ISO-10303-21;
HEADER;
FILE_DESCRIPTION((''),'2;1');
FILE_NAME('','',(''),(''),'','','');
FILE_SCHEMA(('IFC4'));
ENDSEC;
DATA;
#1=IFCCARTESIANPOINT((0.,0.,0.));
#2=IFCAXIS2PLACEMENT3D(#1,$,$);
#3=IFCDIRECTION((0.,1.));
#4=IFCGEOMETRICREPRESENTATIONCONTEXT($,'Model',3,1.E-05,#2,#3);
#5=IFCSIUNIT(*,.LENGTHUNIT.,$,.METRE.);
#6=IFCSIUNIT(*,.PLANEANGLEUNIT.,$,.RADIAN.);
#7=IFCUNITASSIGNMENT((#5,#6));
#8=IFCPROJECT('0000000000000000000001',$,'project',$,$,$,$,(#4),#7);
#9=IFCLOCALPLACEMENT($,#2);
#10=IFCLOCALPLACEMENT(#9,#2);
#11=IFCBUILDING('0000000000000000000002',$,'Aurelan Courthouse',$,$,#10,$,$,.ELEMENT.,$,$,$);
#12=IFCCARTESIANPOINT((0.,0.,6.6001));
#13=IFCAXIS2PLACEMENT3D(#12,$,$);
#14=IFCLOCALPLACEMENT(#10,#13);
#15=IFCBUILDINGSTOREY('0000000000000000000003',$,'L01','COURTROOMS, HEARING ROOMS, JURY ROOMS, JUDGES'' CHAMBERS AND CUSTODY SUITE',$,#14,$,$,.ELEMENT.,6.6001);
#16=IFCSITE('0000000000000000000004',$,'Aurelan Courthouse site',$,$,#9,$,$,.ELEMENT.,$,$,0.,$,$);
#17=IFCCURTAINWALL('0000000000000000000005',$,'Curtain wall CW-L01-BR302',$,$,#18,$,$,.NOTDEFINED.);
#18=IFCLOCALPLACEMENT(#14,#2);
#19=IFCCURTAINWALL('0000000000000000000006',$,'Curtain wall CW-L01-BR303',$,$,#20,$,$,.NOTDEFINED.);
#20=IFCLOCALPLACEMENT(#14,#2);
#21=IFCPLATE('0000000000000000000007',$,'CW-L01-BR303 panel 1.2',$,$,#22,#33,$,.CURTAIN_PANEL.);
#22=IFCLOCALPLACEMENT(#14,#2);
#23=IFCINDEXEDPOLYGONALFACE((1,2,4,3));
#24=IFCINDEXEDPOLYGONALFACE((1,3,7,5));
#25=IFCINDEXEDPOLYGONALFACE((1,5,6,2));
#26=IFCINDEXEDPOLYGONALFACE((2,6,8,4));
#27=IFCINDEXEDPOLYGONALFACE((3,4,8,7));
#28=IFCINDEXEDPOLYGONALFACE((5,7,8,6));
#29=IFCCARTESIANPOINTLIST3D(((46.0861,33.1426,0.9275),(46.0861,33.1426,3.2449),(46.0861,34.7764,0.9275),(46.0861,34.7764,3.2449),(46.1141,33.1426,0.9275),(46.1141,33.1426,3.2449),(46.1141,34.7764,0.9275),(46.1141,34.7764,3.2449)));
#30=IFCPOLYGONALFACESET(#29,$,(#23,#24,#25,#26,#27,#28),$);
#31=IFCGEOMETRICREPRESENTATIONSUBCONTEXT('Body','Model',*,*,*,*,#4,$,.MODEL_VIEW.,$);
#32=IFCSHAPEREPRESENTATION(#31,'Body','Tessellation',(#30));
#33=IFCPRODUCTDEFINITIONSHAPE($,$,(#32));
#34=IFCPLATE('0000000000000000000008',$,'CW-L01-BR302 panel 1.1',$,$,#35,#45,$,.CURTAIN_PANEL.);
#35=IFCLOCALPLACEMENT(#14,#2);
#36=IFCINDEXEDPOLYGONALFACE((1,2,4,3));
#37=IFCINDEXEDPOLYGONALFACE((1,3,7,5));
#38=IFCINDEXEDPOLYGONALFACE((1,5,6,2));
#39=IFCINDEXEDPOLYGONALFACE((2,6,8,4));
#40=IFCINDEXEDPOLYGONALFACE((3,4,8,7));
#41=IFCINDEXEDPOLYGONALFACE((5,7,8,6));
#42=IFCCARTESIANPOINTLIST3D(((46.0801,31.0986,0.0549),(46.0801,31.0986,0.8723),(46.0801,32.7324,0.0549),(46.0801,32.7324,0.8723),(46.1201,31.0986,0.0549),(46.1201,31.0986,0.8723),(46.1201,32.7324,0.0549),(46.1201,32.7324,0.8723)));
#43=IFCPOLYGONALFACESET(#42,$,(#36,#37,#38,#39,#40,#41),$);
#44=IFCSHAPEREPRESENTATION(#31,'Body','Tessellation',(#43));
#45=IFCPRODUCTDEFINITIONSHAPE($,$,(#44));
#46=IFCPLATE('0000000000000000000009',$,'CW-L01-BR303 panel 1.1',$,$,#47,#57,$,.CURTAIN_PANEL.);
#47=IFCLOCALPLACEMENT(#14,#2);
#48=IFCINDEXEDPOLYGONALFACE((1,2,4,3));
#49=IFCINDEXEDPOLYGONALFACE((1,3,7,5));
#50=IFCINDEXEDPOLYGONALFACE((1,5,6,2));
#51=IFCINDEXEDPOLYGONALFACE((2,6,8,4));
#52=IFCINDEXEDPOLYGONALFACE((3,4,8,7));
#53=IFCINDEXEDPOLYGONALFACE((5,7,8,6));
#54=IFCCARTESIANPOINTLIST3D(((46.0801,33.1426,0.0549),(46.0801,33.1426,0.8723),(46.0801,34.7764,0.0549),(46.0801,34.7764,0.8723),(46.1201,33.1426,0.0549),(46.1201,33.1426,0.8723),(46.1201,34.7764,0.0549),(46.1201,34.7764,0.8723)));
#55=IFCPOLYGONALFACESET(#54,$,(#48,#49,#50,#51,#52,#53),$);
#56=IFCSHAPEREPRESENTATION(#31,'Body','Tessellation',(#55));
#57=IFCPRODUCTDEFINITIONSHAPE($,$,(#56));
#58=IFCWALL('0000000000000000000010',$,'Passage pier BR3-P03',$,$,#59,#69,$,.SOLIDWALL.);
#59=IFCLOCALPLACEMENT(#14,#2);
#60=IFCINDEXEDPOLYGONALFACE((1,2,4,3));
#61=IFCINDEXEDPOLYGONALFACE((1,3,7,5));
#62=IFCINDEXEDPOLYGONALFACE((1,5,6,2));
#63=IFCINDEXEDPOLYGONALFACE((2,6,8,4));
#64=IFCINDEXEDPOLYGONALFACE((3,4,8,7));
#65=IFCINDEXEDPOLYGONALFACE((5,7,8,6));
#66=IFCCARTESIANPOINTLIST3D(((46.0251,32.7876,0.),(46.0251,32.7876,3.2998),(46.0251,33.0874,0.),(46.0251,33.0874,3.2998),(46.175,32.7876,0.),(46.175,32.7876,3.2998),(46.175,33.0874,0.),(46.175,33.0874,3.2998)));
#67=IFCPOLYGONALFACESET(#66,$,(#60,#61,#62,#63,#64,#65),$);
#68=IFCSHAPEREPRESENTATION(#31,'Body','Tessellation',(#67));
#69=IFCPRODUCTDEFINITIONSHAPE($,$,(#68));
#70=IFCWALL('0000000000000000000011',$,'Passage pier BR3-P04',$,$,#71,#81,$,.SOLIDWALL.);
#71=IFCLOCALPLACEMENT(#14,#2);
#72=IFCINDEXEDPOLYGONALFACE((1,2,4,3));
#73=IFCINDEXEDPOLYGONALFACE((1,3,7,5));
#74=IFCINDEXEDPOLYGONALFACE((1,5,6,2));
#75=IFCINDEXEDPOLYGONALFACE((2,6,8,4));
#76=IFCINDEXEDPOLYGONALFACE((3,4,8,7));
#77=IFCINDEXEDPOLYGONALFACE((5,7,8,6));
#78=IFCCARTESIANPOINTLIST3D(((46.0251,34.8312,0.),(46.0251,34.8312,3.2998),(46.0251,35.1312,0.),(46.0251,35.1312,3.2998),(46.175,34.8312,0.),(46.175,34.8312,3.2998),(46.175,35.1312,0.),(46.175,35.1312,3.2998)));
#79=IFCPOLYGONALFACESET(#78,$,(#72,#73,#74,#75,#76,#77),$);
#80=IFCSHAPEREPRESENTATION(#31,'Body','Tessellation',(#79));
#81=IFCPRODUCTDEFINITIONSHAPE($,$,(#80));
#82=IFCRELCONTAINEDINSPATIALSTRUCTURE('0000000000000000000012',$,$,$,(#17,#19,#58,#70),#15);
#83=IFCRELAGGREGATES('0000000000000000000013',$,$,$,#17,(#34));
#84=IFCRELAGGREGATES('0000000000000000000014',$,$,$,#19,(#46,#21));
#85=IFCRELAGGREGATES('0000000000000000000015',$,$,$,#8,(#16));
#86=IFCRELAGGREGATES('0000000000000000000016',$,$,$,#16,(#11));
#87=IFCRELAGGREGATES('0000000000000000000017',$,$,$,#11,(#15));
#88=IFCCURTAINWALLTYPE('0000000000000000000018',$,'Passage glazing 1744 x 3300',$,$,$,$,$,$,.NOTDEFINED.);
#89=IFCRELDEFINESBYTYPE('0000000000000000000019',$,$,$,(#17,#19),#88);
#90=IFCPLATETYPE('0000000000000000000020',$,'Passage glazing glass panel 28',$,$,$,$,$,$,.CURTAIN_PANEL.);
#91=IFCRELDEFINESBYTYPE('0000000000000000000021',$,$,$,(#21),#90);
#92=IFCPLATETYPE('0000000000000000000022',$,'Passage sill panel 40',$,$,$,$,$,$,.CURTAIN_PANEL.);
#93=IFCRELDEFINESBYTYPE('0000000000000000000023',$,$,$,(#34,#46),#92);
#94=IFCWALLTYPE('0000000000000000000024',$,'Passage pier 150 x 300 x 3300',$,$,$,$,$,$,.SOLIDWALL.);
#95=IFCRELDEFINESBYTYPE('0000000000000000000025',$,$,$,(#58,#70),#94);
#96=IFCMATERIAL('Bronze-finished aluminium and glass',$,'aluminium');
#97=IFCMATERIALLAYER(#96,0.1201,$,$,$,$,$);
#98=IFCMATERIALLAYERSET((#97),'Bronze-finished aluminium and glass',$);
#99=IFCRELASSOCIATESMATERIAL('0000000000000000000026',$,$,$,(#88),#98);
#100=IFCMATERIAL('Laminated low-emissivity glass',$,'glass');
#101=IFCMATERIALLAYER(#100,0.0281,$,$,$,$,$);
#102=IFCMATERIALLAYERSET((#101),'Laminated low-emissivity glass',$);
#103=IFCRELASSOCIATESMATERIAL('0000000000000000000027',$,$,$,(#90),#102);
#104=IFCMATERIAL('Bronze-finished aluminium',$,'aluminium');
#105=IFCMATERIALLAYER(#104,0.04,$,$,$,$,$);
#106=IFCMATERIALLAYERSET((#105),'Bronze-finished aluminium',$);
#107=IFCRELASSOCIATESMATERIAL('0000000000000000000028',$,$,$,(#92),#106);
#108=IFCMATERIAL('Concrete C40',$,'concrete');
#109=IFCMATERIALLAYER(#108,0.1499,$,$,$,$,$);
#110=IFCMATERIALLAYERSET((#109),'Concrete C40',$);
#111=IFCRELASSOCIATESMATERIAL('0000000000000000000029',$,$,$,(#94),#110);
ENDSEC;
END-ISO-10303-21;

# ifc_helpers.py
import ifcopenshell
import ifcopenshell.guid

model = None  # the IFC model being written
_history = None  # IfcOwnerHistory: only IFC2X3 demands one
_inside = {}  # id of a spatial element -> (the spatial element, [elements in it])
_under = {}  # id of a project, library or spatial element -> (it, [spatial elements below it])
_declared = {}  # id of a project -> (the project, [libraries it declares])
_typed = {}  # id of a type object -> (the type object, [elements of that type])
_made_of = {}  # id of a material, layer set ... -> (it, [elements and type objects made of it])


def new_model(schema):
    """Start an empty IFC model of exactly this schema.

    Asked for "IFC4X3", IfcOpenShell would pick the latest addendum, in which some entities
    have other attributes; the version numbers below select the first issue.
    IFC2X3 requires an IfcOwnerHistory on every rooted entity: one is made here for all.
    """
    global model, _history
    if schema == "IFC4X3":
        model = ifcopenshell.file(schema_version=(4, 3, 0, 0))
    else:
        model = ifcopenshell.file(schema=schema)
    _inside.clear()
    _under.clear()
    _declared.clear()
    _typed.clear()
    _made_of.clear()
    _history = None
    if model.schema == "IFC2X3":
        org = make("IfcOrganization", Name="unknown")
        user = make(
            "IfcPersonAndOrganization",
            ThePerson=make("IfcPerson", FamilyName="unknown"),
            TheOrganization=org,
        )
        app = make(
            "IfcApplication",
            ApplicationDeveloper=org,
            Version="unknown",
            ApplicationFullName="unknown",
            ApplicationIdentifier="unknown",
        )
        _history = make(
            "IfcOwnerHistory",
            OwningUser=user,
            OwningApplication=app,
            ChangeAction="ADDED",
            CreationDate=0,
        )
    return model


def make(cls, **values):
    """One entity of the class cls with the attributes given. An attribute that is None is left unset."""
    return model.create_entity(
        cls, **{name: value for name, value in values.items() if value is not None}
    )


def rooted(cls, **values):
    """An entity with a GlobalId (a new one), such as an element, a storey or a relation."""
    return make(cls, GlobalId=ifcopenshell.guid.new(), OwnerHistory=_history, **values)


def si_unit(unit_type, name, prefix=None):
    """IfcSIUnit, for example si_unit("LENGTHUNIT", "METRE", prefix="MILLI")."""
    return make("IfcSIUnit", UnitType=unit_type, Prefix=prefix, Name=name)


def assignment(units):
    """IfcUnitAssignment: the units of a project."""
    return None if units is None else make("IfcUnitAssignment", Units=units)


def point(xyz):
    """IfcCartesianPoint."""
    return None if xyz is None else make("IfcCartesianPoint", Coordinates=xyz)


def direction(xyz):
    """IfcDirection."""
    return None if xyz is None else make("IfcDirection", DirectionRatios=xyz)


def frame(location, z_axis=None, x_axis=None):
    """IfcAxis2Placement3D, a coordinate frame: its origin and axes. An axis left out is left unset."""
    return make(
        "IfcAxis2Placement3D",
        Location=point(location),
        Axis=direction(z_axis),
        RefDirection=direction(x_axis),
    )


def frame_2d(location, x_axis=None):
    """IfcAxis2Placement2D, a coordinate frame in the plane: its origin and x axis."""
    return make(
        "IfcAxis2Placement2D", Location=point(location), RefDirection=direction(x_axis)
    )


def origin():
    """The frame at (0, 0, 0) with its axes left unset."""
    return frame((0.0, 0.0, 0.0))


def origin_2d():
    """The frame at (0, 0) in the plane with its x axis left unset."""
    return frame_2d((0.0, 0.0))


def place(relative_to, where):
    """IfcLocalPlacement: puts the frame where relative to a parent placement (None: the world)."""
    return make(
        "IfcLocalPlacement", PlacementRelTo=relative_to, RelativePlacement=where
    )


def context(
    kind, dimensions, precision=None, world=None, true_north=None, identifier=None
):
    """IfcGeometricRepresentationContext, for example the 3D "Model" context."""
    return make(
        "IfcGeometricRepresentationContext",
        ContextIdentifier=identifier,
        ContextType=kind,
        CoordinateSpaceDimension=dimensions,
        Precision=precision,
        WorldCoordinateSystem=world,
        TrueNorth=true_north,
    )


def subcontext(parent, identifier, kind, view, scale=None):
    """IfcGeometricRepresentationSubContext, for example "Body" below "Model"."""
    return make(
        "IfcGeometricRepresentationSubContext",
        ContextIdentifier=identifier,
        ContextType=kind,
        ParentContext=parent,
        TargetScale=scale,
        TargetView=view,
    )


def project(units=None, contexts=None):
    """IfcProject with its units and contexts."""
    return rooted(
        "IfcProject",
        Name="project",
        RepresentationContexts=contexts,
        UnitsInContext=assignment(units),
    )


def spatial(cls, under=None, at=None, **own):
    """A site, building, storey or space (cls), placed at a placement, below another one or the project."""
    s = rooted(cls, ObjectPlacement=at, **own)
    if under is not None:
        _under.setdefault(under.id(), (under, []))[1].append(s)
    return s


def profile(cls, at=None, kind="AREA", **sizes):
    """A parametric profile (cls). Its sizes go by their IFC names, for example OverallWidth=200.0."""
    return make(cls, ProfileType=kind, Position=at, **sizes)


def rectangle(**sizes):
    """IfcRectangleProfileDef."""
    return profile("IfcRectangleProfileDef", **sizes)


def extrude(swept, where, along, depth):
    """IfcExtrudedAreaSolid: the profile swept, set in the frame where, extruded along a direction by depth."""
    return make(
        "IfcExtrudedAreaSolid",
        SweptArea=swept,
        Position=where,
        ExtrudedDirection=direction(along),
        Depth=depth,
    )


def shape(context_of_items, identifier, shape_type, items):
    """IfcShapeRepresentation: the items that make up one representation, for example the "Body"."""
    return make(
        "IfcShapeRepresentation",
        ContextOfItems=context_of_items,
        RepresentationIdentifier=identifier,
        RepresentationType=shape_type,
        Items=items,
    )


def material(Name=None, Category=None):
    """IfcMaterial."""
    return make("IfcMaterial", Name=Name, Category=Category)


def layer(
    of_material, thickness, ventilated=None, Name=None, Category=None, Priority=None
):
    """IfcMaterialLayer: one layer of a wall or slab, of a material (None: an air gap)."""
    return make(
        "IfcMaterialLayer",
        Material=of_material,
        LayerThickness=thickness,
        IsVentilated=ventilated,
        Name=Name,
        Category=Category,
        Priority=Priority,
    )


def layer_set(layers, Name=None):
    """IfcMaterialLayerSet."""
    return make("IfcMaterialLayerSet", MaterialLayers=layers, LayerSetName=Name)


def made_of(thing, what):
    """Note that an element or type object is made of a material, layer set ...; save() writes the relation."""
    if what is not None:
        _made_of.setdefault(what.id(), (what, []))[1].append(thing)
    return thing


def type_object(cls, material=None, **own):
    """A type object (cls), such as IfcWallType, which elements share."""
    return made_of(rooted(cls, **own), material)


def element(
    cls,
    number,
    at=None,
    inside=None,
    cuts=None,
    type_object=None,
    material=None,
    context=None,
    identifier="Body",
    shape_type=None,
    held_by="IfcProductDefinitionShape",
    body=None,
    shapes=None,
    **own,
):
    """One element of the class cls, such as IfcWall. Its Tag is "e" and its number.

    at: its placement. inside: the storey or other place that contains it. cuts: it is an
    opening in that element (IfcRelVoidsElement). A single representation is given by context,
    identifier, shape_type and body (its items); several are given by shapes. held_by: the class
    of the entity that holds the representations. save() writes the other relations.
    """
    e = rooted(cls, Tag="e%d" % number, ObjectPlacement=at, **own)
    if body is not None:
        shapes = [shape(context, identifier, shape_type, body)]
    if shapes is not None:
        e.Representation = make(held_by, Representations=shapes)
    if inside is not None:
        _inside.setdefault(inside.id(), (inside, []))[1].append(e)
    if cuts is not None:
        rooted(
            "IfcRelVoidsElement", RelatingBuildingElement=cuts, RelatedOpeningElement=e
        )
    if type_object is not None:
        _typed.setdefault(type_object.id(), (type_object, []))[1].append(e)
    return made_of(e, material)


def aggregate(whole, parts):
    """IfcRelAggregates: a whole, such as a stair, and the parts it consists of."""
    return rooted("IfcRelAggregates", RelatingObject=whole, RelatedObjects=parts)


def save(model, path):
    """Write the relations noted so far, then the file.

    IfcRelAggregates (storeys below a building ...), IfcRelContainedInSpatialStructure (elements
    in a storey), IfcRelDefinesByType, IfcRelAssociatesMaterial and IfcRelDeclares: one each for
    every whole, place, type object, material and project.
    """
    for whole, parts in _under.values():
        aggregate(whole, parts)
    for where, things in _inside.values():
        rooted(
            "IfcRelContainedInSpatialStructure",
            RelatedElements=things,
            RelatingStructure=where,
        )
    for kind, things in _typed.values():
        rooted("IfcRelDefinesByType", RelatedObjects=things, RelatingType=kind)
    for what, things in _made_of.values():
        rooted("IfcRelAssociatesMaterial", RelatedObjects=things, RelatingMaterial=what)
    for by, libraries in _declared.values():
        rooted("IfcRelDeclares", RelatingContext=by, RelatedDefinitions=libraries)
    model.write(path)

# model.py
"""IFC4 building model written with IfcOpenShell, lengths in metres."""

from ifc_helpers import new_model, si_unit, direction, frame, frame_2d, origin, origin_2d, place, context, subcontext, project, spatial, rectangle, extrude, material, layer, layer_set, type_object, element, aggregate, save


model = new_model("IFC4")

# Units and contexts
model_context = context("Model", 3, precision=1e-05, world=origin(), true_north=direction((0.0, 1.0)))
body_context = subcontext(model_context, "Body", "Model", "MODEL_VIEW")
ifc_project = project(units=[si_unit("LENGTHUNIT", "METRE"), si_unit("PLANEANGLEUNIT", "RADIAN")], contexts=[model_context])

# Site, building, storey
site_placement = place(None, origin())
site = spatial("IfcSite", under=ifc_project, at=site_placement, Name="Aurelan Courthouse site", CompositionType="ELEMENT", RefElevation=0.0)
building_placement = place(site_placement, origin())
building = spatial("IfcBuilding", under=site, at=building_placement, Name="Aurelan Courthouse", CompositionType="ELEMENT")
storey_placement = place(building_placement, frame((0.0, 0.0, 6.6001)))
storey = spatial("IfcBuildingStorey", under=building, at=storey_placement, Name="L01", Description="COURTROOMS, HEARING ROOMS, JURY ROOMS, JUDGES' CHAMBERS AND CUSTODY SUITE", CompositionType="ELEMENT", Elevation=6.6001)

# Curtain walls
ifc_material_1 = material(Name="Bronze-finished aluminium and glass", Category="aluminium")
ifc_layer_1 = layer(ifc_material_1, 0.1201)
ifc_layer_set_1 = layer_set([ifc_layer_1], Name="Bronze-finished aluminium and glass")
curtain_wall_type_1 = type_object("IfcCurtainWallType", Name="Passage glazing 1744 x 3300", PredefinedType="NOTDEFINED", material=ifc_layer_set_1)
curtain_wall_1_placement = place(storey_placement, origin())
curtain_wall_1 = element("IfcCurtainWall", 1, at=curtain_wall_1_placement, inside=storey, type_object=curtain_wall_type_1, Name="Curtain wall CW-L01-BR302", PredefinedType="NOTDEFINED")
ifc_material_2 = material(Name="Bronze-finished aluminium", Category="aluminium")
curtain_wall_2_placement = place(storey_placement, origin())
curtain_wall_2 = element("IfcCurtainWall", 2, at=curtain_wall_2_placement, inside=storey, type_object=curtain_wall_type_1, Name="Curtain wall CW-L01-BR303", PredefinedType="NOTDEFINED")

# Plates
ifc_material_3 = material(Name="Laminated low-emissivity glass", Category="glass")
ifc_layer_2 = layer(ifc_material_3, 0.0281)
ifc_layer_set_2 = layer_set([ifc_layer_2], Name="Laminated low-emissivity glass")
plate_type_1 = type_object("IfcPlateType", Name="Passage glazing glass panel 28", PredefinedType="CURTAIN_PANEL", material=ifc_layer_set_2)
plate_1_placement = place(storey_placement, frame((46.1001, 33.9595, 0.9275), z_axis=(0.0, 0.0, 1.0), x_axis=(0.0, 1.0, 0.0)))
plate_1 = element("IfcPlate", 3, at=plate_1_placement, type_object=plate_type_1, Name="CW-L01-BR303 panel 1.2", PredefinedType="CURTAIN_PANEL", context=body_context, shape_type="SweptSolid", body=[
    extrude(rectangle(XDim=1.6338, YDim=0.0281, at=origin_2d()), origin(), (0.0, 0.0, 1.0), 2.3174),
])
ifc_layer_3 = layer(ifc_material_2, 0.04)
ifc_layer_set_3 = layer_set([ifc_layer_3], Name="Bronze-finished aluminium")
plate_type_2 = type_object("IfcPlateType", Name="Passage sill panel 40", PredefinedType="CURTAIN_PANEL", material=ifc_layer_set_3)
plate_2_placement = place(storey_placement, frame((46.1001, 31.9155, 0.0549), z_axis=(0.0, 0.0, 1.0), x_axis=(0.0, 1.0, 0.0)))
plate_2 = element("IfcPlate", 4, at=plate_2_placement, type_object=plate_type_2, Name="CW-L01-BR302 panel 1.1", PredefinedType="CURTAIN_PANEL", context=body_context, shape_type="SweptSolid", body=[
    extrude(rectangle(XDim=1.6338, YDim=0.04, at=origin_2d()), origin(), (0.0, 0.0, 1.0), 0.8174),
])
aggregate(curtain_wall_1, [plate_2])
plate_3_placement = place(storey_placement, frame((46.1001, 33.9595, 0.0549), z_axis=(0.0, 0.0, 1.0), x_axis=(0.0, 1.0, 0.0)))
plate_3 = element("IfcPlate", 5, at=plate_3_placement, type_object=plate_type_2, Name="CW-L01-BR303 panel 1.1", PredefinedType="CURTAIN_PANEL", context=body_context, shape_type="SweptSolid", body=[
    extrude(rectangle(XDim=1.6338, YDim=0.04, at=origin_2d()), origin(), (0.0, 0.0, 1.0), 0.8174),
])
aggregate(curtain_wall_2, [plate_3, plate_1])

# Walls
ifc_material_4 = material(Name="Concrete C40", Category="concrete")
ifc_layer_4 = layer(ifc_material_4, 0.1499)
ifc_layer_set_4 = layer_set([ifc_layer_4], Name="Concrete C40")
wall_type = type_object("IfcWallType", Name="Passage pier 150 x 300 x 3300", PredefinedType="SOLIDWALL", material=ifc_layer_set_4)
wall_1_placement = place(storey_placement, frame((46.1001, 32.7876, 0.0), z_axis=(0.0, 0.0, 1.0), x_axis=(0.0, 1.0, 0.0)))
element("IfcWall", 6, at=wall_1_placement, inside=storey, type_object=wall_type, Name="Passage pier BR3-P03", PredefinedType="SOLIDWALL", context=body_context, shape_type="SweptSolid", body=[
    extrude(rectangle(XDim=0.2998, YDim=0.1499, at=frame_2d((0.1499, 0.0))), origin(), (0.0, 0.0, 1.0), 3.2998),
])
wall_2_placement = place(storey_placement, frame((46.1001, 34.8313, 0.0), z_axis=(0.0, 0.0, 1.0), x_axis=(0.0, 1.0, 0.0)))
element("IfcWall", 7, at=wall_2_placement, inside=storey, type_object=wall_type, Name="Passage pier BR3-P04", PredefinedType="SOLIDWALL", context=body_context, shape_type="SweptSolid", body=[
    extrude(rectangle(XDim=0.3, YDim=0.1499, at=frame_2d((0.1499, 0.0))), origin(), (0.0, 0.0, 1.0), 3.2998),
])

save(model, "model.ifc")
